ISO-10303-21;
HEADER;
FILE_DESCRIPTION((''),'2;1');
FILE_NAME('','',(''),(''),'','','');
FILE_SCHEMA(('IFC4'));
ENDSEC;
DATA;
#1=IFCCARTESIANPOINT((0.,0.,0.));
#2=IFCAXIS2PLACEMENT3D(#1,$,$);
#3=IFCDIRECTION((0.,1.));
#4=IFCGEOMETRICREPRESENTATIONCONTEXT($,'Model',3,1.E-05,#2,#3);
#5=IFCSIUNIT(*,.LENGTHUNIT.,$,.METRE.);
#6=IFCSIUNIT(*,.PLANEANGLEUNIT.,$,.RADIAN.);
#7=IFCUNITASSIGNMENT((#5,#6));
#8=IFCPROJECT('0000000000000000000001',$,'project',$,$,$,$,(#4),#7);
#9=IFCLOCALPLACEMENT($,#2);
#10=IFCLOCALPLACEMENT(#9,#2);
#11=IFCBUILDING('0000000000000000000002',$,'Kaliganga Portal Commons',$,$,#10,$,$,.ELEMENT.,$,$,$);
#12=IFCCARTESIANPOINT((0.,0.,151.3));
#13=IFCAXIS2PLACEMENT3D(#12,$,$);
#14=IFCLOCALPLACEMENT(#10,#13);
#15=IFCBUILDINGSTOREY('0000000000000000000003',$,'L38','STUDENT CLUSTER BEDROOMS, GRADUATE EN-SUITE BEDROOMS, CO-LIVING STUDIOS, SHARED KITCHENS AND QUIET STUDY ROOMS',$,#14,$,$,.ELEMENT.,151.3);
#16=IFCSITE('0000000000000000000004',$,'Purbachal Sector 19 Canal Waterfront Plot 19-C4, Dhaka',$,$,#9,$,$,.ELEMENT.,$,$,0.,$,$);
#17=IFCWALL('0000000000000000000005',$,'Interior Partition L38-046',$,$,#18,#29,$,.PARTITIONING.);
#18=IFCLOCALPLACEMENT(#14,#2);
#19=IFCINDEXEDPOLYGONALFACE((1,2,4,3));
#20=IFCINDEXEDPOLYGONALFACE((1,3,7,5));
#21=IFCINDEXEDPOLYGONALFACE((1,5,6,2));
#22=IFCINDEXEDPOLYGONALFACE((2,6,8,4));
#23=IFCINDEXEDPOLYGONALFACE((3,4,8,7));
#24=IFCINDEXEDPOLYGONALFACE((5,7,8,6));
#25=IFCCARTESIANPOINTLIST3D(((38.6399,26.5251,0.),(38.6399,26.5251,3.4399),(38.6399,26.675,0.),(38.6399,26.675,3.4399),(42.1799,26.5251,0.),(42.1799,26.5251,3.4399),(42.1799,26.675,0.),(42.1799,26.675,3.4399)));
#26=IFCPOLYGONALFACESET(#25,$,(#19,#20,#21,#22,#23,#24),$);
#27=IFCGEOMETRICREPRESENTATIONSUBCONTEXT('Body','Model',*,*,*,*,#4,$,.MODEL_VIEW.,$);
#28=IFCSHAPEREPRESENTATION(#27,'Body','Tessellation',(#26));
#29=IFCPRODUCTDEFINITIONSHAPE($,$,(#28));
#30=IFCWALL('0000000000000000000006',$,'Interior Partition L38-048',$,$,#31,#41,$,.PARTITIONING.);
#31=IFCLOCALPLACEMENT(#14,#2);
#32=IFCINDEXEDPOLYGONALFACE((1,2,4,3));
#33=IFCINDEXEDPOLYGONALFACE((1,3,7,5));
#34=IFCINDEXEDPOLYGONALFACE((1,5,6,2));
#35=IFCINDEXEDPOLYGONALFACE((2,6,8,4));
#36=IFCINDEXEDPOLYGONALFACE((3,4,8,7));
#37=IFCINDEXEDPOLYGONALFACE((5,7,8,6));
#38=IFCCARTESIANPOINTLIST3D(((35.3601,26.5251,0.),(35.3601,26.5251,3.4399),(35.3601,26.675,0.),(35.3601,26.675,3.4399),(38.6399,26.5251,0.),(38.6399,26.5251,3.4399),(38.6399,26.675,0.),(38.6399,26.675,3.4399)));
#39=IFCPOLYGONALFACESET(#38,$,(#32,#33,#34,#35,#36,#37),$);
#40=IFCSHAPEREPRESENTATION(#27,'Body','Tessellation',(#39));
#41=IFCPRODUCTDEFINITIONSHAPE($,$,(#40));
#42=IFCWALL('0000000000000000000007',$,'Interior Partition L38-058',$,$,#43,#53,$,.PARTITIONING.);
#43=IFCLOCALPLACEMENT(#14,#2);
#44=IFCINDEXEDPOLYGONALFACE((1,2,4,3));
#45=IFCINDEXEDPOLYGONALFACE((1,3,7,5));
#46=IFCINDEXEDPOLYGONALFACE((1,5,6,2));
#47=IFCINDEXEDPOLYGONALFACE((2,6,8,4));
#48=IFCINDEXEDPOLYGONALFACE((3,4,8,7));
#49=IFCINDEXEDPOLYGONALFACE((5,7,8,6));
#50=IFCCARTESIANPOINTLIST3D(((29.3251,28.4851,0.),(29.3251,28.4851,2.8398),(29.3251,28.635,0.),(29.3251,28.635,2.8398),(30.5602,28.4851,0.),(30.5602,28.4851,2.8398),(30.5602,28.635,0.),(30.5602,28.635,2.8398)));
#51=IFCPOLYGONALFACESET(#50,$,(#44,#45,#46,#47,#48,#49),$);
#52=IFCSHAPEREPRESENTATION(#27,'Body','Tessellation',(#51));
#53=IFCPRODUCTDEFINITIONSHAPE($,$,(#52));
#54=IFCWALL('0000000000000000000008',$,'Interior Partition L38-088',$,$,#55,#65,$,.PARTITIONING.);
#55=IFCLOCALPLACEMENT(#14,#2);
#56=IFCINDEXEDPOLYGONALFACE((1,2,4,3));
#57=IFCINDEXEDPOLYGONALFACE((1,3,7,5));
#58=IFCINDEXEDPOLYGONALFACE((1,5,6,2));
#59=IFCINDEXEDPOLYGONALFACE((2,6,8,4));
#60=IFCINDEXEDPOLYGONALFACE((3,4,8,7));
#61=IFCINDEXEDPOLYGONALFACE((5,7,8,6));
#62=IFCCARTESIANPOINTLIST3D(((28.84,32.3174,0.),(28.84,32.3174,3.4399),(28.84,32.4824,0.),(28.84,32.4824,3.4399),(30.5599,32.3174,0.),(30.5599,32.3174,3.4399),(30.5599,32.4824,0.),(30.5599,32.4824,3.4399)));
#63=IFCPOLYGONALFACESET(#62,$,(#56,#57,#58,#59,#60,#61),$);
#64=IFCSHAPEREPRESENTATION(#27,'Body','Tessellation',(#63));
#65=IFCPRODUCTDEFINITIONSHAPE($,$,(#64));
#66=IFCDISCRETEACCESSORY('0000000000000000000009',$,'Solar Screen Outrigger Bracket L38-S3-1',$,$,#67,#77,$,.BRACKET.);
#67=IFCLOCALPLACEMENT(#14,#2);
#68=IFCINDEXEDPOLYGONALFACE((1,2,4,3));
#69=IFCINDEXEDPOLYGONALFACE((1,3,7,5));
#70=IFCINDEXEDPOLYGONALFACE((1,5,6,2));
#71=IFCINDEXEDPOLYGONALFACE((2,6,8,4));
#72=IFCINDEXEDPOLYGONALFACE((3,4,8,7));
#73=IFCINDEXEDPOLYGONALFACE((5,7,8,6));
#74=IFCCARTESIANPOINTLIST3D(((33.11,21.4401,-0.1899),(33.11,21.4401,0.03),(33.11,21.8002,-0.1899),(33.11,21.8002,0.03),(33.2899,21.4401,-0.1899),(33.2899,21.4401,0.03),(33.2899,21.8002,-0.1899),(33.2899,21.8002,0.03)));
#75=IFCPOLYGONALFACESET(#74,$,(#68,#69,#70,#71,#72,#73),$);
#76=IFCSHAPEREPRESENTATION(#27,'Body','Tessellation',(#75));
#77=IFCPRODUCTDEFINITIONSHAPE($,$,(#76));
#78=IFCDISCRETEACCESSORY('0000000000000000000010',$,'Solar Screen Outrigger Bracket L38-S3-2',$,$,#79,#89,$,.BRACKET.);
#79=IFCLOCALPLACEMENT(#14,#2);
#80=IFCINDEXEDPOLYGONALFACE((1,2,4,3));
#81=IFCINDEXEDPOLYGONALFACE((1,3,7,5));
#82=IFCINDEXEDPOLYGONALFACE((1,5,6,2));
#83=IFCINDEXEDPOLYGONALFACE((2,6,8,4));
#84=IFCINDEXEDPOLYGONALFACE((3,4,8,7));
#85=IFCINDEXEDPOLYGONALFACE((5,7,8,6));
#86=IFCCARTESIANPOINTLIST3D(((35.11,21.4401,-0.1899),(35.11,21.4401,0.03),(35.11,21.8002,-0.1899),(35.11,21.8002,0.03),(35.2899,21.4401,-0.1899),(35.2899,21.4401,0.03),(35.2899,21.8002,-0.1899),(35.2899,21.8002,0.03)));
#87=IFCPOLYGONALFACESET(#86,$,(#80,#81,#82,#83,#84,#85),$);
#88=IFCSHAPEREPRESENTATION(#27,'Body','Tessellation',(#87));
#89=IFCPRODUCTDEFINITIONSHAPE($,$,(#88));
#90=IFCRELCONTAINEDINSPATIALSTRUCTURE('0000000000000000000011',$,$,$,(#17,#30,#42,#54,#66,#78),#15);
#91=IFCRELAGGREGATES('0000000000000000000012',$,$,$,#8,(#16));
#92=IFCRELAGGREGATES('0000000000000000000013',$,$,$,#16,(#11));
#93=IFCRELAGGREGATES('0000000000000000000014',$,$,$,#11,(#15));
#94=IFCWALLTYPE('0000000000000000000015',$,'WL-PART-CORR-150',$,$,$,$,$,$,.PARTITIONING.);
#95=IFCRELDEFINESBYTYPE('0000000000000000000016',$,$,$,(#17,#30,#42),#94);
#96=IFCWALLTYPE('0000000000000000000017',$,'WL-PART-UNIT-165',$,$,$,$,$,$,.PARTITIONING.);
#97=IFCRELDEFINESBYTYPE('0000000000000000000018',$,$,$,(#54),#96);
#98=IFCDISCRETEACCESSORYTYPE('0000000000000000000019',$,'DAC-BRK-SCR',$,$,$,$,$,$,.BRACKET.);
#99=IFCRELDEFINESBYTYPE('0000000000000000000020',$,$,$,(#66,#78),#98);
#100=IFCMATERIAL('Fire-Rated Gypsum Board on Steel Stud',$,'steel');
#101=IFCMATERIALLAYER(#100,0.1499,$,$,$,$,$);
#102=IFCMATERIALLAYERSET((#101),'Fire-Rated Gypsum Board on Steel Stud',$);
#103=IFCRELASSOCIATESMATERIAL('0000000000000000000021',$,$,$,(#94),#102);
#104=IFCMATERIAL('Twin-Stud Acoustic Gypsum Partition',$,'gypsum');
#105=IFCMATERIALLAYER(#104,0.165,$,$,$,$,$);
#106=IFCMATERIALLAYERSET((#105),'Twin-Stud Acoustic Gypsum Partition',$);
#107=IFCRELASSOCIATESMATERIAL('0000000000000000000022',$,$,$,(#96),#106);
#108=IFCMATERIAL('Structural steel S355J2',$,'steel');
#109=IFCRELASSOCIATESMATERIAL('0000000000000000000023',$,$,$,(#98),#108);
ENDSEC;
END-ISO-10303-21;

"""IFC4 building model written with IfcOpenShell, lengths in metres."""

from ifc_helpers import new_model, si_unit, direction, frame, frame_2d, origin, origin_2d, place, context, subcontext, project, spatial, rectangle, extrude, source, transform, mapped, material, layer, layer_set, type_object, element, save


model = new_model("IFC4")

# Units and contexts
model_context = context("Model", 3, precision=1e-05, world=origin(), true_north=direction((0.0, 1.0)))
body_context = subcontext(model_context, "Body", "Model", "MODEL_VIEW")
ifc_project = project(units=[si_unit("LENGTHUNIT", "METRE"), si_unit("PLANEANGLEUNIT", "RADIAN")], contexts=[model_context])

# Site, building, storey
site_placement = place(None, origin())
site = spatial("IfcSite", under=ifc_project, at=site_placement, Name="Purbachal Sector 19 Canal Waterfront Plot 19-C4, Dhaka", CompositionType="ELEMENT", RefElevation=0.0)
building_placement = place(site_placement, origin())
building = spatial("IfcBuilding", under=site, at=building_placement, Name="Kaliganga Portal Commons", CompositionType="ELEMENT")
storey_placement = place(building_placement, frame((0.0, 0.0, 151.3)))
storey = spatial("IfcBuildingStorey", under=building, at=storey_placement, Name="L38", Description="STUDENT CLUSTER BEDROOMS, GRADUATE EN-SUITE BEDROOMS, CO-LIVING STUDIOS, SHARED KITCHENS AND QUIET STUDY ROOMS", CompositionType="ELEMENT", Elevation=151.3)

# Shared definitions
ifc_material_1 = material(Name="Structural steel S355J2", Category="steel")

# Shared definitions
ifc_material_2 = material(Name="Fire-Rated Gypsum Board on Steel Stud", Category="steel")
ifc_layer_1 = layer(ifc_material_2, 0.1499)
ifc_layer_set_1 = layer_set([ifc_layer_1], Name="Fire-Rated Gypsum Board on Steel Stud")
wall_type_1 = type_object("IfcWallType", Name="WL-PART-CORR-150", PredefinedType="PARTITIONING", material=ifc_layer_set_1)

# Walls
wall_1_placement = place(storey_placement, frame((38.6399, 26.6001, 0.0), z_axis=(0.0, 0.0, 1.0), x_axis=(1.0, 0.0, 0.0)))
element("IfcWall", 1, at=wall_1_placement, inside=storey, type_object=wall_type_1, Name="Interior Partition L38-046", PredefinedType="PARTITIONING", context=body_context, shape_type="SweptSolid", body=[
    extrude(rectangle(XDim=3.54, YDim=0.1499, at=frame_2d((1.77, 0.0))), origin(), (0.0, 0.0, 1.0), 3.4399),
])
wall_2_placement = place(storey_placement, frame((35.3601, 26.6001, 0.0), z_axis=(0.0, 0.0, 1.0), x_axis=(1.0, 0.0, 0.0)))
element("IfcWall", 2, at=wall_2_placement, inside=storey, type_object=wall_type_1, Name="Interior Partition L38-048", PredefinedType="PARTITIONING", context=body_context, shape_type="SweptSolid", body=[
    extrude(rectangle(XDim=3.2798, YDim=0.1499, at=frame_2d((1.6399, 0.0))), origin(), (0.0, 0.0, 1.0), 3.4399),
])
wall_3_placement = place(storey_placement, frame((29.325, 28.5601, 0.0), z_axis=(0.0, 0.0, 1.0), x_axis=(1.0, 0.0, 0.0)))
element("IfcWall", 3, at=wall_3_placement, inside=storey, type_object=wall_type_1, Name="Interior Partition L38-058", PredefinedType="PARTITIONING", context=body_context, shape_type="SweptSolid", body=[
    extrude(rectangle(XDim=1.2351, YDim=0.1499, at=frame_2d((0.6177, 0.0))), origin(), (0.0, 0.0, 1.0), 2.8398),
])
ifc_material_3 = material(Name="Twin-Stud Acoustic Gypsum Partition", Category="gypsum")
ifc_layer_2 = layer(ifc_material_3, 0.165)
ifc_layer_set_2 = layer_set([ifc_layer_2], Name="Twin-Stud Acoustic Gypsum Partition")
wall_type_2 = type_object("IfcWallType", Name="WL-PART-UNIT-165", PredefinedType="PARTITIONING", material=ifc_layer_set_2)
wall_4_placement = place(storey_placement, frame((28.8401, 32.3999, 0.0), z_axis=(0.0, 0.0, 1.0), x_axis=(1.0, 0.0, 0.0)))
element("IfcWall", 4, at=wall_4_placement, inside=storey, type_object=wall_type_2, Name="Interior Partition L38-088", PredefinedType="PARTITIONING", context=body_context, shape_type="SweptSolid", body=[
    extrude(rectangle(XDim=1.72, YDim=0.165, at=frame_2d((0.8599, 0.0))), origin(), (0.0, 0.0, 1.0), 3.4399),
])

# Discrete accessories
discrete_accessory_type = type_object("IfcDiscreteAccessoryType", Name="DAC-BRK-SCR", PredefinedType="BRACKET", material=ifc_material_1)
shared_shape_1 = source(origin(), body_context, "Body", "SweptSolid", [
    extrude(rectangle(XDim=0.1799, YDim=0.3601, at=origin_2d()), origin(), (0.0, 0.0, 1.0), 0.22),
])
for number, where, z_axis, x_axis, name in (
    (5, (33.2, 21.6201, -0.1899), (0.0, 0.0, 1.0), (1.0, 0.0, 0.0), "Solar Screen Outrigger Bracket L38-S3-1"),
    (6, (35.2, 21.6201, -0.1899), (0.0, 0.0, 1.0), (1.0, 0.0, 0.0), "Solar Screen Outrigger Bracket L38-S3-2"),
):
    element("IfcDiscreteAccessory", number, at=place(storey_placement, frame(where, z_axis=z_axis, x_axis=x_axis)), inside=storey, type_object=discrete_accessory_type, Name=name, PredefinedType="BRACKET", context=body_context, shape_type="MappedRepresentation", body=[
        mapped(shared_shape_1, transform((0.0, 0.0, 0.0), x_axis=(1.0, 0.0, 0.0), y_axis=(0.0, 1.0, 0.0), z_axis=(0.0, 0.0, 1.0), scale=1.0)),
    ])

save(model, "model.ifc")
